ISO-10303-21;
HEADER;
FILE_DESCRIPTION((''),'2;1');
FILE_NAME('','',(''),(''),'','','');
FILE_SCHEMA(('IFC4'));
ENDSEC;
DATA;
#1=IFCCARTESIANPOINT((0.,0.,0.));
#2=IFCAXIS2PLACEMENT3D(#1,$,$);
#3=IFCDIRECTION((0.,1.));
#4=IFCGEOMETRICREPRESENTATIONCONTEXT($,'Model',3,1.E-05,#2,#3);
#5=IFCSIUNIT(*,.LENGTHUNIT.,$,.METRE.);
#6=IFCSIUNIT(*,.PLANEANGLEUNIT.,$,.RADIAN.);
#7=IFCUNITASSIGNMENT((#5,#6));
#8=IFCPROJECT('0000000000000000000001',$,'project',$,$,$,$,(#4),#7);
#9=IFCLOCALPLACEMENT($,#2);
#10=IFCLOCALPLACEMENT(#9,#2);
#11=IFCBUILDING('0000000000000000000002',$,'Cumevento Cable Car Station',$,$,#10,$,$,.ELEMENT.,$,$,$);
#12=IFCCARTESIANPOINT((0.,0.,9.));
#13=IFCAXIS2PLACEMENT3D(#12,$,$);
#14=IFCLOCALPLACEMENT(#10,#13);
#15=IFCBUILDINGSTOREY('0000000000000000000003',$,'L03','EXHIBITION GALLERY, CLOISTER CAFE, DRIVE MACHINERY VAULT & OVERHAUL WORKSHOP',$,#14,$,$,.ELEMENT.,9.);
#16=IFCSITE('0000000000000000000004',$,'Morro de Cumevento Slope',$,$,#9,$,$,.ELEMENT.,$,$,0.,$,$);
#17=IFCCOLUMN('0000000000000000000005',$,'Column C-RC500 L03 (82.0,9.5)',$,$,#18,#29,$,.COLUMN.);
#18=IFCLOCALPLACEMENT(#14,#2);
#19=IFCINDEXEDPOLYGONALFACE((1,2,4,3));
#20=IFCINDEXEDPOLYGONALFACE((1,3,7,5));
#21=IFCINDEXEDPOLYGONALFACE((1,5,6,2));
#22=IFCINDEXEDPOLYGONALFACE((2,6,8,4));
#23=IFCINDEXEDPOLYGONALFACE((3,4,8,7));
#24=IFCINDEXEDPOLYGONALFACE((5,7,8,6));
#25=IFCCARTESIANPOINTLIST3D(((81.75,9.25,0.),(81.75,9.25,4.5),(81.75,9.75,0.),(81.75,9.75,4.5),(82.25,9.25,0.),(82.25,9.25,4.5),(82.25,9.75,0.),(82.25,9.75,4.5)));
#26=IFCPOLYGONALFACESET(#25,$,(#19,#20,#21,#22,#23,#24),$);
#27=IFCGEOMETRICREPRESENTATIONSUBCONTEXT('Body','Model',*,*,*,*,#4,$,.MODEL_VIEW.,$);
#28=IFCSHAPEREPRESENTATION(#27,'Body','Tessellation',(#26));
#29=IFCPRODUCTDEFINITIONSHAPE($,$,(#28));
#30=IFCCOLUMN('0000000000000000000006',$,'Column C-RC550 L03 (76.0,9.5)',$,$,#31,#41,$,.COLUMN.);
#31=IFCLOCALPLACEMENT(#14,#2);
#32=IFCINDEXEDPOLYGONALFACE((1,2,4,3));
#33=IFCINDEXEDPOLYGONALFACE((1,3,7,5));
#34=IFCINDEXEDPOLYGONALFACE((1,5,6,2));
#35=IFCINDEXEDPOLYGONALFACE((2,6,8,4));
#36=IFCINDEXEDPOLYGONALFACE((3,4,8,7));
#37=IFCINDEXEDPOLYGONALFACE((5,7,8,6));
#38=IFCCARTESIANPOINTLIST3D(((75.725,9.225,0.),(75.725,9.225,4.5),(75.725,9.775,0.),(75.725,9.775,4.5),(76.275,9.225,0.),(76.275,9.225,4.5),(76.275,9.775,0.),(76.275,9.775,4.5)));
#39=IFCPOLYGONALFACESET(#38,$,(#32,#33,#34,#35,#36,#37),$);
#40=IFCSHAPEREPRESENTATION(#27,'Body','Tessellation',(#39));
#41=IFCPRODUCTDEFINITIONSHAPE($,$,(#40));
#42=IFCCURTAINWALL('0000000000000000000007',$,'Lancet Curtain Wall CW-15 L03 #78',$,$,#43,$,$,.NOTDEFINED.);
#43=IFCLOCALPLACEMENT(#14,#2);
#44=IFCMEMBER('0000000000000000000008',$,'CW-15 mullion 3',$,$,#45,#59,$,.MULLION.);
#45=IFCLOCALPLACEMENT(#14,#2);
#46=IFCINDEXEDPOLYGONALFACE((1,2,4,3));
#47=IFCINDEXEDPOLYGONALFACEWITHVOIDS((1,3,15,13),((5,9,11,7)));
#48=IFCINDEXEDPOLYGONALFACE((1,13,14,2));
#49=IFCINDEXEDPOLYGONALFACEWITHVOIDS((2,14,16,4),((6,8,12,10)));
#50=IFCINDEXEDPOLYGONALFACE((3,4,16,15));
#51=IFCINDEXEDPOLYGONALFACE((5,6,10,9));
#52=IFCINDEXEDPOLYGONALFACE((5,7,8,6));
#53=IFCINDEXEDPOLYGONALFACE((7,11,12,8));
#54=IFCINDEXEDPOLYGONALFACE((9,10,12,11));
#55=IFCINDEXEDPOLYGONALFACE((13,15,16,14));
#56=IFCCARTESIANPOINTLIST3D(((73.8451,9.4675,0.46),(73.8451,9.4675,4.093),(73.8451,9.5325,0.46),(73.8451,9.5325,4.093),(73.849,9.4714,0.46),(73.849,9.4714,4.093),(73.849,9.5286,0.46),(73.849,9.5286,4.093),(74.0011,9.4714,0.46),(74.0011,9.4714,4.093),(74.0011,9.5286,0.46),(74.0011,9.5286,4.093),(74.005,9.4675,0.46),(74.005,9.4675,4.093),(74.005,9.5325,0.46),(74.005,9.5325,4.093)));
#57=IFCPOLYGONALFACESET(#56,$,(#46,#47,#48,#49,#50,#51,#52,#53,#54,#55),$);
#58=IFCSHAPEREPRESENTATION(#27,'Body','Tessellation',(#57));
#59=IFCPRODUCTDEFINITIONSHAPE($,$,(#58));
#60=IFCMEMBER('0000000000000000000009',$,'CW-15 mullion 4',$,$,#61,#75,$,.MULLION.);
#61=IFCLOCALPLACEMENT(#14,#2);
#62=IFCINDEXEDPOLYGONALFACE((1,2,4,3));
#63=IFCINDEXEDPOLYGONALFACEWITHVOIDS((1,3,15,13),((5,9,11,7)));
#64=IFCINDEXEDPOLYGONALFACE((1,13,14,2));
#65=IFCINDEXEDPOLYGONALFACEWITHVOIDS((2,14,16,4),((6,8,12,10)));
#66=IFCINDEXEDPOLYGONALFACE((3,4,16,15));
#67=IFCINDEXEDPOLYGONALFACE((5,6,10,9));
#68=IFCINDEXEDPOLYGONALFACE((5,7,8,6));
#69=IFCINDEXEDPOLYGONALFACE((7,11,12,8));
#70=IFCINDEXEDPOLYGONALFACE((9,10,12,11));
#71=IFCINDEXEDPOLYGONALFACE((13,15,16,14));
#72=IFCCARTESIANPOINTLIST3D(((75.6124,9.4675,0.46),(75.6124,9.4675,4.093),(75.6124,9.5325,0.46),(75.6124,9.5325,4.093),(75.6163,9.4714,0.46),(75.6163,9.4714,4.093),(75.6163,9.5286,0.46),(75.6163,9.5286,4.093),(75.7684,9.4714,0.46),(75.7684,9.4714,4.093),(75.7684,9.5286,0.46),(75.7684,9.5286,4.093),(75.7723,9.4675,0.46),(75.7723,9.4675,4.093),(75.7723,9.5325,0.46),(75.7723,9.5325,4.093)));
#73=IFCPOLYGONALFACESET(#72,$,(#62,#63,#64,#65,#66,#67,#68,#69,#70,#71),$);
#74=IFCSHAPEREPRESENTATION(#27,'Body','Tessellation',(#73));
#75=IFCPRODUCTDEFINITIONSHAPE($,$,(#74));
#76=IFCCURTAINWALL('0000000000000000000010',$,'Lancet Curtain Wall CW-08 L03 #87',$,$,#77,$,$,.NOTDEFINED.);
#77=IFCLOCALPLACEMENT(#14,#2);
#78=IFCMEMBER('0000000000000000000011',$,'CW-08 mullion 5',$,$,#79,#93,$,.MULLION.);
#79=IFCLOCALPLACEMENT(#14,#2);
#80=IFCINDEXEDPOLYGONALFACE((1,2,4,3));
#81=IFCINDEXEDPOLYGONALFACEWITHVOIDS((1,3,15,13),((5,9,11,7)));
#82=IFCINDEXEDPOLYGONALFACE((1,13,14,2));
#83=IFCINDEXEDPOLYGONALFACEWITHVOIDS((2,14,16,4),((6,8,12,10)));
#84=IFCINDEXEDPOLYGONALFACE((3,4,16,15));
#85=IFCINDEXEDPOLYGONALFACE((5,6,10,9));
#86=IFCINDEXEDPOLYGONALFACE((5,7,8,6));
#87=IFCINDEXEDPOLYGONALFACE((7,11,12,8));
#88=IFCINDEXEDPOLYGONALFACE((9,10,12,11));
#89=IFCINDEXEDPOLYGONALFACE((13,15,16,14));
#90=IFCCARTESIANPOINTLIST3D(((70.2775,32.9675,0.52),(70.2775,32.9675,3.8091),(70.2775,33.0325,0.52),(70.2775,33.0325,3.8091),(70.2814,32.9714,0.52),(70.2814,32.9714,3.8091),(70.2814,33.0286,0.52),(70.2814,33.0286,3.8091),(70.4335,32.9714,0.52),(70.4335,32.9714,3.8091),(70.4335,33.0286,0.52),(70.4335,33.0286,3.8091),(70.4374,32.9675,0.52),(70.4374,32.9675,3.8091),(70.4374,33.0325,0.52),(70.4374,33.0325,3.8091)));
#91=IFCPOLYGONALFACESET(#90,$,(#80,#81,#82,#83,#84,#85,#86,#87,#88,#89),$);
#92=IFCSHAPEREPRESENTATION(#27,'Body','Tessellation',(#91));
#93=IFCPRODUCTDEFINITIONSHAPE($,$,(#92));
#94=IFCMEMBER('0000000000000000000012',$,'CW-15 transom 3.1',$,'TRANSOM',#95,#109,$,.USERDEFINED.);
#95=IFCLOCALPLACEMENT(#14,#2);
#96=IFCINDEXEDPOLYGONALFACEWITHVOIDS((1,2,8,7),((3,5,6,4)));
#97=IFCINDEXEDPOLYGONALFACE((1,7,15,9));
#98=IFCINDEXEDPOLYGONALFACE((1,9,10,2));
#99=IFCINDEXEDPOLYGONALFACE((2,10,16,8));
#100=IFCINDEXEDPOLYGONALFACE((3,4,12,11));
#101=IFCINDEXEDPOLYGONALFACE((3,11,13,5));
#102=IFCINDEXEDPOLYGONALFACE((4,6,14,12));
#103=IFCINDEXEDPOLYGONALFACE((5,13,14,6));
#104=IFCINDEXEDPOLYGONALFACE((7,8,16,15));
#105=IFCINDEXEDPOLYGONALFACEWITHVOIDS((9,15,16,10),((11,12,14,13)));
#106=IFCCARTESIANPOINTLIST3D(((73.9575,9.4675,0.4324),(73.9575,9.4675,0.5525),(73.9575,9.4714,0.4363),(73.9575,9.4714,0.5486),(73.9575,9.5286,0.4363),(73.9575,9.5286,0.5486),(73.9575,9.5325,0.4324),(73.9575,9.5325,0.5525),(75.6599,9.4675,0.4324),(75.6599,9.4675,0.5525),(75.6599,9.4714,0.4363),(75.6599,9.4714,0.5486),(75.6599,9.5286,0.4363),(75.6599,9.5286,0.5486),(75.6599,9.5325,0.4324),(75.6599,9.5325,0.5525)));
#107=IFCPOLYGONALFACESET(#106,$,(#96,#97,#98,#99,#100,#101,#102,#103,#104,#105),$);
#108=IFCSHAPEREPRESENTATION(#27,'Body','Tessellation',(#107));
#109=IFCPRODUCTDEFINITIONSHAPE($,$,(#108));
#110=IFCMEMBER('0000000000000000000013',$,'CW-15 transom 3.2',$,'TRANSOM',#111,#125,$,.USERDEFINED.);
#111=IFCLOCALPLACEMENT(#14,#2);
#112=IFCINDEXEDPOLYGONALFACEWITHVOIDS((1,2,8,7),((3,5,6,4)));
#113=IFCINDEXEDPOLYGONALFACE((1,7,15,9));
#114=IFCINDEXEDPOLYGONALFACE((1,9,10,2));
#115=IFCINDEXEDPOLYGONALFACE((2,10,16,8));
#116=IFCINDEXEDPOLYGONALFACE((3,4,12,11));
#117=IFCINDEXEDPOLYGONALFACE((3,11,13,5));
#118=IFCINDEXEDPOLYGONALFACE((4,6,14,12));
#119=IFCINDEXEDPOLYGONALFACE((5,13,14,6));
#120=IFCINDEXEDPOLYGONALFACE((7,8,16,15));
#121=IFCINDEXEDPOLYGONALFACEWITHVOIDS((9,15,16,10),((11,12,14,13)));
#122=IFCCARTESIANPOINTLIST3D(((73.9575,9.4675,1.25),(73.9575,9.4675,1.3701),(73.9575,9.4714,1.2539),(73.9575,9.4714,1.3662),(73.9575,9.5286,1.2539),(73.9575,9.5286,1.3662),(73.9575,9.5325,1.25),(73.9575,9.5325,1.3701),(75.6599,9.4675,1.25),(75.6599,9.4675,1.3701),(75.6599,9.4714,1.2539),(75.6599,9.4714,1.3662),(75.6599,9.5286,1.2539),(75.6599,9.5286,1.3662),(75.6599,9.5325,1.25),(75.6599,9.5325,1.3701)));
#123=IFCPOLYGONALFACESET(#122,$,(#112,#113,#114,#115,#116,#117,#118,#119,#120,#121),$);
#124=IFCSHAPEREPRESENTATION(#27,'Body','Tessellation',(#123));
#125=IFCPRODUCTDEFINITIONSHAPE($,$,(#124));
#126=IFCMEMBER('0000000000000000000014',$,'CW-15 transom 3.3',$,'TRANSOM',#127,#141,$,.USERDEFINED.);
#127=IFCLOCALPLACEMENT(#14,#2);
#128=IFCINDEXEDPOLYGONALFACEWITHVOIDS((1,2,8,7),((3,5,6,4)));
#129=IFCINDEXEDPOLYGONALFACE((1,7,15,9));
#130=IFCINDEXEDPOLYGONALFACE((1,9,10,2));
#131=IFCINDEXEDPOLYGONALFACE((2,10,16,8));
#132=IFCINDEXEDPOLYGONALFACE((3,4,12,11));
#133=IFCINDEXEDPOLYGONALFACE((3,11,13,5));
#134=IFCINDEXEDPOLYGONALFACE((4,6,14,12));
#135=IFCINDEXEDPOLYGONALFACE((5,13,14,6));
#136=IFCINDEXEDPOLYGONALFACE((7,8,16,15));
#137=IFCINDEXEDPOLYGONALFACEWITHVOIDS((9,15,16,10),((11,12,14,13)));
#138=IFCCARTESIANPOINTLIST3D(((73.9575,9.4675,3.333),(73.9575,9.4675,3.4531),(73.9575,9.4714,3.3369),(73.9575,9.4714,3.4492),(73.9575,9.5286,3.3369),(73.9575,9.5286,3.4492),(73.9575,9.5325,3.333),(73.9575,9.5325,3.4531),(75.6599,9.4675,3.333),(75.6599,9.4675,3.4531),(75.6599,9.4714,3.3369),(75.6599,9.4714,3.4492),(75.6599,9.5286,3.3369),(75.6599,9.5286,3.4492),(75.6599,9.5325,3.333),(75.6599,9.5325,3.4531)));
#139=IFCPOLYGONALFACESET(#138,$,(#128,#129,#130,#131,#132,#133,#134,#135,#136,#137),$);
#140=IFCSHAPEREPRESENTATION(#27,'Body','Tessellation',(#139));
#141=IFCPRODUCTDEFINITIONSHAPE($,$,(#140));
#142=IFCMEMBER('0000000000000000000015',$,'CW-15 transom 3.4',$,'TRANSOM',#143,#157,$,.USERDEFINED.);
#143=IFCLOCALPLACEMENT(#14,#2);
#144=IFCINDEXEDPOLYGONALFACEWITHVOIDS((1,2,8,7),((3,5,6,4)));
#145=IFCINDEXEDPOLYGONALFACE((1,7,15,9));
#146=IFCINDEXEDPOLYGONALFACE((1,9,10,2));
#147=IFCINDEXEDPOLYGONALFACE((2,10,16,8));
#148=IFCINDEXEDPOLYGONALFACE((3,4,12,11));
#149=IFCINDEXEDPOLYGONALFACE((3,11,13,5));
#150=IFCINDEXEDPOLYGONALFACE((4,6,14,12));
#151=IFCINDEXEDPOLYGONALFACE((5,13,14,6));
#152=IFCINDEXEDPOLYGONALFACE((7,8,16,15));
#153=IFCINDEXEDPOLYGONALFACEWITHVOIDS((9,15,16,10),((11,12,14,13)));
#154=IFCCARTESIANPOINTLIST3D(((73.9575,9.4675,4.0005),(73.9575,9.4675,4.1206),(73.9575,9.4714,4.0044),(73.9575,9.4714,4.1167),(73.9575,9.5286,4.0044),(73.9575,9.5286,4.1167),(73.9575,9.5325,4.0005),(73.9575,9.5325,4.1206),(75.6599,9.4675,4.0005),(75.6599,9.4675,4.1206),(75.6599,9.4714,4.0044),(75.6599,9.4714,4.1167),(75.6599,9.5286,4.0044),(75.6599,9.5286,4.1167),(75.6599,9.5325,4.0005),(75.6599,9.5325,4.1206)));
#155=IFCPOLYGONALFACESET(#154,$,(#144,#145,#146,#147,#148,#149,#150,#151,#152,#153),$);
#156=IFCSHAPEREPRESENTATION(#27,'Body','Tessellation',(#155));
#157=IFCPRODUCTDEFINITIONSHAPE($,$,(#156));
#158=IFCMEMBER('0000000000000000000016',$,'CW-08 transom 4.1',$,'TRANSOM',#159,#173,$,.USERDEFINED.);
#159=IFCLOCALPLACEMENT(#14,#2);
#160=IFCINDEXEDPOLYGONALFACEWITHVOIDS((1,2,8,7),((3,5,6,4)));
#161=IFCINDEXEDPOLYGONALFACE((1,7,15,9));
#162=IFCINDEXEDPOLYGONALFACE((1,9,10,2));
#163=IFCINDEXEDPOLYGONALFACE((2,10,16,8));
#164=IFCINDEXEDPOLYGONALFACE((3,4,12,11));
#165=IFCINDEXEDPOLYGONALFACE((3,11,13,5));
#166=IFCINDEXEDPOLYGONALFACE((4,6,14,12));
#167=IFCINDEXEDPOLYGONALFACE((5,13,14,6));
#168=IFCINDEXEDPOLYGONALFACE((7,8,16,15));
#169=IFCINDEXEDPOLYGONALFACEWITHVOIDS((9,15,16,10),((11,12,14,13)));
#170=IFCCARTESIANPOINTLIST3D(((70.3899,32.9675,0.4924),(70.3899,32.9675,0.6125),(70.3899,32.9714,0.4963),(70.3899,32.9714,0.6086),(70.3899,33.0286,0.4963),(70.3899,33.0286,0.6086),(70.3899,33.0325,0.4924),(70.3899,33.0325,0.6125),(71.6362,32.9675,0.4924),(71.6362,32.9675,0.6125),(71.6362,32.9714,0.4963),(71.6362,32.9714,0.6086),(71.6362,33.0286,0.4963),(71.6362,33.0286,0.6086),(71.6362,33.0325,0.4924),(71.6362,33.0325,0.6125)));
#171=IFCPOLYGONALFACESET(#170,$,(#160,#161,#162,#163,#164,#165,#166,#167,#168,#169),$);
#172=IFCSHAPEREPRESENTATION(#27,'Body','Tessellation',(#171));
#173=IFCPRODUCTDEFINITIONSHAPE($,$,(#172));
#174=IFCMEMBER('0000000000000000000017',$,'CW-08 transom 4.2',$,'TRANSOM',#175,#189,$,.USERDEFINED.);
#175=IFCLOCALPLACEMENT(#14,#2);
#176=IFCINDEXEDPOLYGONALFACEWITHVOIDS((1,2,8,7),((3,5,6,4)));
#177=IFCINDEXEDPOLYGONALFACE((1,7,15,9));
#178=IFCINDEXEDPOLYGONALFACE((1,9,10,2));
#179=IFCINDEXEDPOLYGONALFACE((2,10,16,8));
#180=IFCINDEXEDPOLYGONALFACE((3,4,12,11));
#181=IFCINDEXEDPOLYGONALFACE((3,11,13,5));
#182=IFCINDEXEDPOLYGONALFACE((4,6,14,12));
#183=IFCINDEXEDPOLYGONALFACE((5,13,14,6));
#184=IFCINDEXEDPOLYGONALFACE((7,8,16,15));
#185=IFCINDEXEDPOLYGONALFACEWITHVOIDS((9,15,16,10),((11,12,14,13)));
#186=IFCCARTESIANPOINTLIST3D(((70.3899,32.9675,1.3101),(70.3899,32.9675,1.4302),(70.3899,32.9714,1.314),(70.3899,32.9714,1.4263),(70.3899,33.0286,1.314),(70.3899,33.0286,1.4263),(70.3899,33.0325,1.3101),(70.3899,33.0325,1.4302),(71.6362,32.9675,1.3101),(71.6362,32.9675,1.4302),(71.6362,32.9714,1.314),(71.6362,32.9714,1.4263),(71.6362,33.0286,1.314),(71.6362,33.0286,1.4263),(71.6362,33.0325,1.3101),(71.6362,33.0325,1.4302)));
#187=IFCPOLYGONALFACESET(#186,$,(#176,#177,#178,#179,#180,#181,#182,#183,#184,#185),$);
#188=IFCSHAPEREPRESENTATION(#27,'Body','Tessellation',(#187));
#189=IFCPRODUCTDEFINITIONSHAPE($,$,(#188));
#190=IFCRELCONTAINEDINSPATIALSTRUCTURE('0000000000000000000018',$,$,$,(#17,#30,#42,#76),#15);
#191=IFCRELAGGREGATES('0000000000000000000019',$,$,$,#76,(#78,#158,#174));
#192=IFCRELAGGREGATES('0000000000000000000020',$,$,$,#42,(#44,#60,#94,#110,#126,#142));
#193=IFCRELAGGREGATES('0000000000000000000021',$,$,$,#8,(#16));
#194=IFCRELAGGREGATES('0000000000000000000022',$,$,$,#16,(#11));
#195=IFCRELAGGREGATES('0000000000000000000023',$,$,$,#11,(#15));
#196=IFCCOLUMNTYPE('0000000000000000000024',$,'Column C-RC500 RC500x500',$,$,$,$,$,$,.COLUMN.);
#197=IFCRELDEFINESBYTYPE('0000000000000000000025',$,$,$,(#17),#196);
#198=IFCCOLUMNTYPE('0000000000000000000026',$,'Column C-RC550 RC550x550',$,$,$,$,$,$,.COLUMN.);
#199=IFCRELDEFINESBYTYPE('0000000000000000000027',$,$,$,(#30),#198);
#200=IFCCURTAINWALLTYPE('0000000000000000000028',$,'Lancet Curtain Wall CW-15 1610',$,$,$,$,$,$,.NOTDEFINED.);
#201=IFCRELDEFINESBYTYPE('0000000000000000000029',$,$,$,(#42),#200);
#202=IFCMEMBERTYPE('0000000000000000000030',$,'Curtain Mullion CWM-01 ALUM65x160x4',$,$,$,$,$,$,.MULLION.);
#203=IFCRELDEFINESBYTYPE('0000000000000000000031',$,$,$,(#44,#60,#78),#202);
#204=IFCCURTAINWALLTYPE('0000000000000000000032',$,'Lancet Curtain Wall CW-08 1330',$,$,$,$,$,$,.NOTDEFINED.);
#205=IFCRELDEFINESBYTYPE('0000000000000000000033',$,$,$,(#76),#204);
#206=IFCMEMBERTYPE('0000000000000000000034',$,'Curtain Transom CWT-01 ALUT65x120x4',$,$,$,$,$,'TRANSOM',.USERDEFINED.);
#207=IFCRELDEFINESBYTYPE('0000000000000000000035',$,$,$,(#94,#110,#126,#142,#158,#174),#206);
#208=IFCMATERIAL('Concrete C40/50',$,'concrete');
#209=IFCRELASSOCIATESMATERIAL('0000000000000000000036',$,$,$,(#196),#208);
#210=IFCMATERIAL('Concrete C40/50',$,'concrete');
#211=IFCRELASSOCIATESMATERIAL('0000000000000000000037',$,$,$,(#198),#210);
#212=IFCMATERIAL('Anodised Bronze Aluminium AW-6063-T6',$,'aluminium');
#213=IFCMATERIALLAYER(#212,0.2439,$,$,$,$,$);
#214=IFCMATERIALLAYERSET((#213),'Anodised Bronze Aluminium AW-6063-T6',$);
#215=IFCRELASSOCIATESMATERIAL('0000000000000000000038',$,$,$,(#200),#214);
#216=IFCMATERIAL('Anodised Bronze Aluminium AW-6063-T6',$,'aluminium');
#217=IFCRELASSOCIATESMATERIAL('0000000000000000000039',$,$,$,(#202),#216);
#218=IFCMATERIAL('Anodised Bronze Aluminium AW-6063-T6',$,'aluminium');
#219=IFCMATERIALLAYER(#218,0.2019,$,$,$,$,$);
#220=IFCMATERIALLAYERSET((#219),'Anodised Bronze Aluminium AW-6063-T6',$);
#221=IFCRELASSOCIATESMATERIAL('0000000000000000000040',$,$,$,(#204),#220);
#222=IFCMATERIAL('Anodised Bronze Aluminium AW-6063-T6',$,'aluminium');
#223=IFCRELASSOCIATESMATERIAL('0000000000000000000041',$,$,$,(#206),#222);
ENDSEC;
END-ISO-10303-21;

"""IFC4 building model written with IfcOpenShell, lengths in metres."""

from ifc_helpers import new_model, si_unit, direction, frame, origin, origin_2d, place, context, subcontext, project, spatial, rectangle, hollow_rectangle, extrude, material, layer, layer_set, material_profile, profile_set, type_object, element, aggregate, save


model = new_model("IFC4")

# Units and contexts
model_context = context("Model", 3, precision=1e-05, world=origin(), true_north=direction((0.0, 1.0)))
body_context = subcontext(model_context, "Body", "Model", "MODEL_VIEW")
ifc_project = project(units=[si_unit("LENGTHUNIT", "METRE"), si_unit("PLANEANGLEUNIT", "RADIAN")], contexts=[model_context])

# Site, building, storey
site_placement = place(None, origin())
site = spatial("IfcSite", under=ifc_project, at=site_placement, Name="Morro de Cumevento Slope", CompositionType="ELEMENT", RefElevation=0.0)
building_placement = place(site_placement, origin())
building = spatial("IfcBuilding", under=site, at=building_placement, Name="Cumevento Cable Car Station", CompositionType="ELEMENT")
storey_placement = place(building_placement, frame((0.0, 0.0, 9.0)))
storey = spatial("IfcBuildingStorey", under=building, at=storey_placement, Name="L03", Description="EXHIBITION GALLERY, CLOISTER CAFE, DRIVE MACHINERY VAULT & OVERHAUL WORKSHOP", CompositionType="ELEMENT", Elevation=9.0)

# Columns
ifc_material_1 = material(Name="Concrete C40/50", Category="concrete")
ifc_material_profile_1 = material_profile(ifc_material_1, rectangle(XDim=0.5, YDim=0.5, at=origin_2d()), Name="RC500x500")
ifc_profile_set_1 = profile_set([ifc_material_profile_1], Name="Concrete C40/50")
column_type_1 = type_object("IfcColumnType", Name="Column C-RC500 RC500x500", PredefinedType="COLUMN", material=ifc_profile_set_1)
column_1_placement = place(storey_placement, frame((82.0, 9.5, 0.0), z_axis=(0.0, 0.0, 1.0), x_axis=(1.0, 0.0, 0.0)))
element("IfcColumn", 1, at=column_1_placement, inside=storey, type_object=column_type_1, Name="Column C-RC500 L03 (82.0,9.5)", PredefinedType="COLUMN", context=body_context, shape_type="SweptSolid", body=[
    extrude(rectangle(XDim=0.5, YDim=0.5, at=origin_2d()), origin(), (0.0, 0.0, 1.0), 4.5),
])
ifc_material_2 = material(Name="Concrete C40/50", Category="concrete")
ifc_material_profile_2 = material_profile(ifc_material_2, rectangle(XDim=0.55, YDim=0.55, at=origin_2d()), Name="RC550x550")
ifc_profile_set_2 = profile_set([ifc_material_profile_2], Name="Concrete C40/50")
column_type_2 = type_object("IfcColumnType", Name="Column C-RC550 RC550x550", PredefinedType="COLUMN", material=ifc_profile_set_2)
column_2_placement = place(storey_placement, frame((76.0, 9.5, 0.0), z_axis=(0.0, 0.0, 1.0), x_axis=(1.0, 0.0, 0.0)))
element("IfcColumn", 2, at=column_2_placement, inside=storey, type_object=column_type_2, Name="Column C-RC550 L03 (76.0,9.5)", PredefinedType="COLUMN", context=body_context, shape_type="SweptSolid", body=[
    extrude(rectangle(XDim=0.55, YDim=0.55, at=origin_2d()), origin(), (0.0, 0.0, 1.0), 4.5),
])

# Curtain wall, members
ifc_material_3 = material(Name="Anodised Bronze Aluminium AW-6063-T6", Category="aluminium")
ifc_layer_1 = layer(ifc_material_3, 0.2439)
ifc_layer_set_1 = layer_set([ifc_layer_1], Name="Anodised Bronze Aluminium AW-6063-T6")
curtain_wall_type_1 = type_object("IfcCurtainWallType", Name="Lancet Curtain Wall CW-15 1610", PredefinedType="NOTDEFINED", material=ifc_layer_set_1)
curtain_wall_1_placement = place(storey_placement, origin())
curtain_wall_1 = element("IfcCurtainWall", 3, at=curtain_wall_1_placement, inside=storey, type_object=curtain_wall_type_1, Name="Lancet Curtain Wall CW-15 L03 #78", PredefinedType="NOTDEFINED")
ifc_material_4 = material(Name="Anodised Bronze Aluminium AW-6063-T6", Category="aluminium")
ifc_material_profile_3 = material_profile(ifc_material_4, hollow_rectangle(XDim=0.0649, YDim=0.1599, WallThickness=0.0039, at=origin_2d()), Name="ALUM65x160x4")
ifc_profile_set_3 = profile_set([ifc_material_profile_3], Name="Anodised Bronze Aluminium AW-6063-T6")
member_type_1 = type_object("IfcMemberType", Name="Curtain Mullion CWM-01 ALUM65x160x4", PredefinedType="MULLION", material=ifc_profile_set_3)
member_1_placement = place(storey_placement, frame((73.925, 9.5, 0.46), z_axis=(0.0, 0.0, 1.0), x_axis=(0.0, 1.0, 0.0)))
member_1 = element("IfcMember", 4, at=member_1_placement, type_object=member_type_1, Name="CW-15 mullion 3", PredefinedType="MULLION", context=body_context, shape_type="SweptSolid", body=[
    extrude(hollow_rectangle(XDim=0.0649, YDim=0.1599, WallThickness=0.0039, at=origin_2d()), origin(), (0.0, 0.0, 1.0), 3.6331),
])
member_2_placement = place(storey_placement, frame((75.6924, 9.5, 0.46), z_axis=(0.0, 0.0, 1.0), x_axis=(0.0, 1.0, 0.0)))
member_2 = element("IfcMember", 5, at=member_2_placement, type_object=member_type_1, Name="CW-15 mullion 4", PredefinedType="MULLION", context=body_context, shape_type="SweptSolid", body=[
    extrude(hollow_rectangle(XDim=0.0649, YDim=0.1599, WallThickness=0.0039, at=origin_2d()), origin(), (0.0, 0.0, 1.0), 3.6331),
])

# Curtain wall, member
ifc_material_5 = material(Name="Anodised Bronze Aluminium AW-6063-T6", Category="aluminium")
ifc_layer_2 = layer(ifc_material_5, 0.2019)
ifc_layer_set_2 = layer_set([ifc_layer_2], Name="Anodised Bronze Aluminium AW-6063-T6")
curtain_wall_type_2 = type_object("IfcCurtainWallType", Name="Lancet Curtain Wall CW-08 1330", PredefinedType="NOTDEFINED", material=ifc_layer_set_2)
curtain_wall_2_placement = place(storey_placement, origin())
curtain_wall_2 = element("IfcCurtainWall", 6, at=curtain_wall_2_placement, inside=storey, type_object=curtain_wall_type_2, Name="Lancet Curtain Wall CW-08 L03 #87", PredefinedType="NOTDEFINED")
member_3_placement = place(storey_placement, frame((70.3574, 33.0, 0.52), z_axis=(0.0, 0.0, 1.0), x_axis=(0.0, -1.0, 0.0)))
member_3 = element("IfcMember", 7, at=member_3_placement, type_object=member_type_1, Name="CW-08 mullion 5", PredefinedType="MULLION", context=body_context, shape_type="SweptSolid", body=[
    extrude(hollow_rectangle(XDim=0.0649, YDim=0.1599, WallThickness=0.0039, at=origin_2d()), origin(), (0.0, 0.0, 1.0), 3.2891),
])

# Members
ifc_material_6 = material(Name="Anodised Bronze Aluminium AW-6063-T6", Category="aluminium")
ifc_material_profile_4 = material_profile(ifc_material_6, hollow_rectangle(XDim=0.0649, YDim=0.1201, WallThickness=0.0039, at=origin_2d()), Name="ALUT65x120x4")
ifc_profile_set_4 = profile_set([ifc_material_profile_4], Name="Anodised Bronze Aluminium AW-6063-T6")
member_type_2 = type_object("IfcMemberType", Name="Curtain Transom CWT-01 ALUT65x120x4", ElementType="TRANSOM", PredefinedType="USERDEFINED", material=ifc_profile_set_4)
member_4_placement = place(storey_placement, frame((73.9575, 9.5, 0.4924), z_axis=(1.0, 0.0, 0.0), x_axis=(0.0, 1.0, 0.0)))
member_4 = element("IfcMember", 8, at=member_4_placement, type_object=member_type_2, Name="CW-15 transom 3.1", ObjectType="TRANSOM", PredefinedType="USERDEFINED", context=body_context, shape_type="SweptSolid", body=[
    extrude(hollow_rectangle(XDim=0.0649, YDim=0.1201, WallThickness=0.0039, at=origin_2d()), origin(), (0.0, 0.0, 1.0), 1.7024),
])
member_5_placement = place(storey_placement, frame((73.9575, 9.5, 1.3101), z_axis=(1.0, 0.0, 0.0), x_axis=(0.0, 1.0, 0.0)))
member_5 = element("IfcMember", 9, at=member_5_placement, type_object=member_type_2, Name="CW-15 transom 3.2", ObjectType="TRANSOM", PredefinedType="USERDEFINED", context=body_context, shape_type="SweptSolid", body=[
    extrude(hollow_rectangle(XDim=0.0649, YDim=0.1201, WallThickness=0.0039, at=origin_2d()), origin(), (0.0, 0.0, 1.0), 1.7024),
])
member_6_placement = place(storey_placement, frame((73.9575, 9.5, 3.3931), z_axis=(1.0, 0.0, 0.0), x_axis=(0.0, 1.0, 0.0)))
member_6 = element("IfcMember", 10, at=member_6_placement, type_object=member_type_2, Name="CW-15 transom 3.3", ObjectType="TRANSOM", PredefinedType="USERDEFINED", context=body_context, shape_type="SweptSolid", body=[
    extrude(hollow_rectangle(XDim=0.0649, YDim=0.1201, WallThickness=0.0039, at=origin_2d()), origin(), (0.0, 0.0, 1.0), 1.7024),
])
member_7_placement = place(storey_placement, frame((73.9575, 9.5, 4.0605), z_axis=(1.0, 0.0, 0.0), x_axis=(0.0, 1.0, 0.0)))
member_7 = element("IfcMember", 11, at=member_7_placement, type_object=member_type_2, Name="CW-15 transom 3.4", ObjectType="TRANSOM", PredefinedType="USERDEFINED", context=body_context, shape_type="SweptSolid", body=[
    extrude(hollow_rectangle(XDim=0.0649, YDim=0.1201, WallThickness=0.0039, at=origin_2d()), origin(), (0.0, 0.0, 1.0), 1.7024),
])
member_8_placement = place(storey_placement, frame((71.6362, 33.0, 0.5525), z_axis=(-1.0, 0.0, 0.0), x_axis=(0.0, -1.0, 0.0)))
member_8 = element("IfcMember", 12, at=member_8_placement, type_object=member_type_2, Name="CW-08 transom 4.1", ObjectType="TRANSOM", PredefinedType="USERDEFINED", context=body_context, shape_type="SweptSolid", body=[
    extrude(hollow_rectangle(XDim=0.0649, YDim=0.1201, WallThickness=0.0039, at=origin_2d()), origin(), (0.0, 0.0, 1.0), 1.2463),
])
member_9_placement = place(storey_placement, frame((71.6362, 33.0, 1.3701), z_axis=(-1.0, 0.0, 0.0), x_axis=(0.0, -1.0, 0.0)))
member_9 = element("IfcMember", 13, at=member_9_placement, type_object=member_type_2, Name="CW-08 transom 4.2", ObjectType="TRANSOM", PredefinedType="USERDEFINED", context=body_context, shape_type="SweptSolid", body=[
    extrude(hollow_rectangle(XDim=0.0649, YDim=0.1201, WallThickness=0.0039, at=origin_2d()), origin(), (0.0, 0.0, 1.0), 1.2463),
])

aggregate(curtain_wall_2, [member_3, member_8, member_9])
aggregate(curtain_wall_1, [member_1, member_2, member_4, member_5, member_6, member_7])

save(model, "model.ifc")
